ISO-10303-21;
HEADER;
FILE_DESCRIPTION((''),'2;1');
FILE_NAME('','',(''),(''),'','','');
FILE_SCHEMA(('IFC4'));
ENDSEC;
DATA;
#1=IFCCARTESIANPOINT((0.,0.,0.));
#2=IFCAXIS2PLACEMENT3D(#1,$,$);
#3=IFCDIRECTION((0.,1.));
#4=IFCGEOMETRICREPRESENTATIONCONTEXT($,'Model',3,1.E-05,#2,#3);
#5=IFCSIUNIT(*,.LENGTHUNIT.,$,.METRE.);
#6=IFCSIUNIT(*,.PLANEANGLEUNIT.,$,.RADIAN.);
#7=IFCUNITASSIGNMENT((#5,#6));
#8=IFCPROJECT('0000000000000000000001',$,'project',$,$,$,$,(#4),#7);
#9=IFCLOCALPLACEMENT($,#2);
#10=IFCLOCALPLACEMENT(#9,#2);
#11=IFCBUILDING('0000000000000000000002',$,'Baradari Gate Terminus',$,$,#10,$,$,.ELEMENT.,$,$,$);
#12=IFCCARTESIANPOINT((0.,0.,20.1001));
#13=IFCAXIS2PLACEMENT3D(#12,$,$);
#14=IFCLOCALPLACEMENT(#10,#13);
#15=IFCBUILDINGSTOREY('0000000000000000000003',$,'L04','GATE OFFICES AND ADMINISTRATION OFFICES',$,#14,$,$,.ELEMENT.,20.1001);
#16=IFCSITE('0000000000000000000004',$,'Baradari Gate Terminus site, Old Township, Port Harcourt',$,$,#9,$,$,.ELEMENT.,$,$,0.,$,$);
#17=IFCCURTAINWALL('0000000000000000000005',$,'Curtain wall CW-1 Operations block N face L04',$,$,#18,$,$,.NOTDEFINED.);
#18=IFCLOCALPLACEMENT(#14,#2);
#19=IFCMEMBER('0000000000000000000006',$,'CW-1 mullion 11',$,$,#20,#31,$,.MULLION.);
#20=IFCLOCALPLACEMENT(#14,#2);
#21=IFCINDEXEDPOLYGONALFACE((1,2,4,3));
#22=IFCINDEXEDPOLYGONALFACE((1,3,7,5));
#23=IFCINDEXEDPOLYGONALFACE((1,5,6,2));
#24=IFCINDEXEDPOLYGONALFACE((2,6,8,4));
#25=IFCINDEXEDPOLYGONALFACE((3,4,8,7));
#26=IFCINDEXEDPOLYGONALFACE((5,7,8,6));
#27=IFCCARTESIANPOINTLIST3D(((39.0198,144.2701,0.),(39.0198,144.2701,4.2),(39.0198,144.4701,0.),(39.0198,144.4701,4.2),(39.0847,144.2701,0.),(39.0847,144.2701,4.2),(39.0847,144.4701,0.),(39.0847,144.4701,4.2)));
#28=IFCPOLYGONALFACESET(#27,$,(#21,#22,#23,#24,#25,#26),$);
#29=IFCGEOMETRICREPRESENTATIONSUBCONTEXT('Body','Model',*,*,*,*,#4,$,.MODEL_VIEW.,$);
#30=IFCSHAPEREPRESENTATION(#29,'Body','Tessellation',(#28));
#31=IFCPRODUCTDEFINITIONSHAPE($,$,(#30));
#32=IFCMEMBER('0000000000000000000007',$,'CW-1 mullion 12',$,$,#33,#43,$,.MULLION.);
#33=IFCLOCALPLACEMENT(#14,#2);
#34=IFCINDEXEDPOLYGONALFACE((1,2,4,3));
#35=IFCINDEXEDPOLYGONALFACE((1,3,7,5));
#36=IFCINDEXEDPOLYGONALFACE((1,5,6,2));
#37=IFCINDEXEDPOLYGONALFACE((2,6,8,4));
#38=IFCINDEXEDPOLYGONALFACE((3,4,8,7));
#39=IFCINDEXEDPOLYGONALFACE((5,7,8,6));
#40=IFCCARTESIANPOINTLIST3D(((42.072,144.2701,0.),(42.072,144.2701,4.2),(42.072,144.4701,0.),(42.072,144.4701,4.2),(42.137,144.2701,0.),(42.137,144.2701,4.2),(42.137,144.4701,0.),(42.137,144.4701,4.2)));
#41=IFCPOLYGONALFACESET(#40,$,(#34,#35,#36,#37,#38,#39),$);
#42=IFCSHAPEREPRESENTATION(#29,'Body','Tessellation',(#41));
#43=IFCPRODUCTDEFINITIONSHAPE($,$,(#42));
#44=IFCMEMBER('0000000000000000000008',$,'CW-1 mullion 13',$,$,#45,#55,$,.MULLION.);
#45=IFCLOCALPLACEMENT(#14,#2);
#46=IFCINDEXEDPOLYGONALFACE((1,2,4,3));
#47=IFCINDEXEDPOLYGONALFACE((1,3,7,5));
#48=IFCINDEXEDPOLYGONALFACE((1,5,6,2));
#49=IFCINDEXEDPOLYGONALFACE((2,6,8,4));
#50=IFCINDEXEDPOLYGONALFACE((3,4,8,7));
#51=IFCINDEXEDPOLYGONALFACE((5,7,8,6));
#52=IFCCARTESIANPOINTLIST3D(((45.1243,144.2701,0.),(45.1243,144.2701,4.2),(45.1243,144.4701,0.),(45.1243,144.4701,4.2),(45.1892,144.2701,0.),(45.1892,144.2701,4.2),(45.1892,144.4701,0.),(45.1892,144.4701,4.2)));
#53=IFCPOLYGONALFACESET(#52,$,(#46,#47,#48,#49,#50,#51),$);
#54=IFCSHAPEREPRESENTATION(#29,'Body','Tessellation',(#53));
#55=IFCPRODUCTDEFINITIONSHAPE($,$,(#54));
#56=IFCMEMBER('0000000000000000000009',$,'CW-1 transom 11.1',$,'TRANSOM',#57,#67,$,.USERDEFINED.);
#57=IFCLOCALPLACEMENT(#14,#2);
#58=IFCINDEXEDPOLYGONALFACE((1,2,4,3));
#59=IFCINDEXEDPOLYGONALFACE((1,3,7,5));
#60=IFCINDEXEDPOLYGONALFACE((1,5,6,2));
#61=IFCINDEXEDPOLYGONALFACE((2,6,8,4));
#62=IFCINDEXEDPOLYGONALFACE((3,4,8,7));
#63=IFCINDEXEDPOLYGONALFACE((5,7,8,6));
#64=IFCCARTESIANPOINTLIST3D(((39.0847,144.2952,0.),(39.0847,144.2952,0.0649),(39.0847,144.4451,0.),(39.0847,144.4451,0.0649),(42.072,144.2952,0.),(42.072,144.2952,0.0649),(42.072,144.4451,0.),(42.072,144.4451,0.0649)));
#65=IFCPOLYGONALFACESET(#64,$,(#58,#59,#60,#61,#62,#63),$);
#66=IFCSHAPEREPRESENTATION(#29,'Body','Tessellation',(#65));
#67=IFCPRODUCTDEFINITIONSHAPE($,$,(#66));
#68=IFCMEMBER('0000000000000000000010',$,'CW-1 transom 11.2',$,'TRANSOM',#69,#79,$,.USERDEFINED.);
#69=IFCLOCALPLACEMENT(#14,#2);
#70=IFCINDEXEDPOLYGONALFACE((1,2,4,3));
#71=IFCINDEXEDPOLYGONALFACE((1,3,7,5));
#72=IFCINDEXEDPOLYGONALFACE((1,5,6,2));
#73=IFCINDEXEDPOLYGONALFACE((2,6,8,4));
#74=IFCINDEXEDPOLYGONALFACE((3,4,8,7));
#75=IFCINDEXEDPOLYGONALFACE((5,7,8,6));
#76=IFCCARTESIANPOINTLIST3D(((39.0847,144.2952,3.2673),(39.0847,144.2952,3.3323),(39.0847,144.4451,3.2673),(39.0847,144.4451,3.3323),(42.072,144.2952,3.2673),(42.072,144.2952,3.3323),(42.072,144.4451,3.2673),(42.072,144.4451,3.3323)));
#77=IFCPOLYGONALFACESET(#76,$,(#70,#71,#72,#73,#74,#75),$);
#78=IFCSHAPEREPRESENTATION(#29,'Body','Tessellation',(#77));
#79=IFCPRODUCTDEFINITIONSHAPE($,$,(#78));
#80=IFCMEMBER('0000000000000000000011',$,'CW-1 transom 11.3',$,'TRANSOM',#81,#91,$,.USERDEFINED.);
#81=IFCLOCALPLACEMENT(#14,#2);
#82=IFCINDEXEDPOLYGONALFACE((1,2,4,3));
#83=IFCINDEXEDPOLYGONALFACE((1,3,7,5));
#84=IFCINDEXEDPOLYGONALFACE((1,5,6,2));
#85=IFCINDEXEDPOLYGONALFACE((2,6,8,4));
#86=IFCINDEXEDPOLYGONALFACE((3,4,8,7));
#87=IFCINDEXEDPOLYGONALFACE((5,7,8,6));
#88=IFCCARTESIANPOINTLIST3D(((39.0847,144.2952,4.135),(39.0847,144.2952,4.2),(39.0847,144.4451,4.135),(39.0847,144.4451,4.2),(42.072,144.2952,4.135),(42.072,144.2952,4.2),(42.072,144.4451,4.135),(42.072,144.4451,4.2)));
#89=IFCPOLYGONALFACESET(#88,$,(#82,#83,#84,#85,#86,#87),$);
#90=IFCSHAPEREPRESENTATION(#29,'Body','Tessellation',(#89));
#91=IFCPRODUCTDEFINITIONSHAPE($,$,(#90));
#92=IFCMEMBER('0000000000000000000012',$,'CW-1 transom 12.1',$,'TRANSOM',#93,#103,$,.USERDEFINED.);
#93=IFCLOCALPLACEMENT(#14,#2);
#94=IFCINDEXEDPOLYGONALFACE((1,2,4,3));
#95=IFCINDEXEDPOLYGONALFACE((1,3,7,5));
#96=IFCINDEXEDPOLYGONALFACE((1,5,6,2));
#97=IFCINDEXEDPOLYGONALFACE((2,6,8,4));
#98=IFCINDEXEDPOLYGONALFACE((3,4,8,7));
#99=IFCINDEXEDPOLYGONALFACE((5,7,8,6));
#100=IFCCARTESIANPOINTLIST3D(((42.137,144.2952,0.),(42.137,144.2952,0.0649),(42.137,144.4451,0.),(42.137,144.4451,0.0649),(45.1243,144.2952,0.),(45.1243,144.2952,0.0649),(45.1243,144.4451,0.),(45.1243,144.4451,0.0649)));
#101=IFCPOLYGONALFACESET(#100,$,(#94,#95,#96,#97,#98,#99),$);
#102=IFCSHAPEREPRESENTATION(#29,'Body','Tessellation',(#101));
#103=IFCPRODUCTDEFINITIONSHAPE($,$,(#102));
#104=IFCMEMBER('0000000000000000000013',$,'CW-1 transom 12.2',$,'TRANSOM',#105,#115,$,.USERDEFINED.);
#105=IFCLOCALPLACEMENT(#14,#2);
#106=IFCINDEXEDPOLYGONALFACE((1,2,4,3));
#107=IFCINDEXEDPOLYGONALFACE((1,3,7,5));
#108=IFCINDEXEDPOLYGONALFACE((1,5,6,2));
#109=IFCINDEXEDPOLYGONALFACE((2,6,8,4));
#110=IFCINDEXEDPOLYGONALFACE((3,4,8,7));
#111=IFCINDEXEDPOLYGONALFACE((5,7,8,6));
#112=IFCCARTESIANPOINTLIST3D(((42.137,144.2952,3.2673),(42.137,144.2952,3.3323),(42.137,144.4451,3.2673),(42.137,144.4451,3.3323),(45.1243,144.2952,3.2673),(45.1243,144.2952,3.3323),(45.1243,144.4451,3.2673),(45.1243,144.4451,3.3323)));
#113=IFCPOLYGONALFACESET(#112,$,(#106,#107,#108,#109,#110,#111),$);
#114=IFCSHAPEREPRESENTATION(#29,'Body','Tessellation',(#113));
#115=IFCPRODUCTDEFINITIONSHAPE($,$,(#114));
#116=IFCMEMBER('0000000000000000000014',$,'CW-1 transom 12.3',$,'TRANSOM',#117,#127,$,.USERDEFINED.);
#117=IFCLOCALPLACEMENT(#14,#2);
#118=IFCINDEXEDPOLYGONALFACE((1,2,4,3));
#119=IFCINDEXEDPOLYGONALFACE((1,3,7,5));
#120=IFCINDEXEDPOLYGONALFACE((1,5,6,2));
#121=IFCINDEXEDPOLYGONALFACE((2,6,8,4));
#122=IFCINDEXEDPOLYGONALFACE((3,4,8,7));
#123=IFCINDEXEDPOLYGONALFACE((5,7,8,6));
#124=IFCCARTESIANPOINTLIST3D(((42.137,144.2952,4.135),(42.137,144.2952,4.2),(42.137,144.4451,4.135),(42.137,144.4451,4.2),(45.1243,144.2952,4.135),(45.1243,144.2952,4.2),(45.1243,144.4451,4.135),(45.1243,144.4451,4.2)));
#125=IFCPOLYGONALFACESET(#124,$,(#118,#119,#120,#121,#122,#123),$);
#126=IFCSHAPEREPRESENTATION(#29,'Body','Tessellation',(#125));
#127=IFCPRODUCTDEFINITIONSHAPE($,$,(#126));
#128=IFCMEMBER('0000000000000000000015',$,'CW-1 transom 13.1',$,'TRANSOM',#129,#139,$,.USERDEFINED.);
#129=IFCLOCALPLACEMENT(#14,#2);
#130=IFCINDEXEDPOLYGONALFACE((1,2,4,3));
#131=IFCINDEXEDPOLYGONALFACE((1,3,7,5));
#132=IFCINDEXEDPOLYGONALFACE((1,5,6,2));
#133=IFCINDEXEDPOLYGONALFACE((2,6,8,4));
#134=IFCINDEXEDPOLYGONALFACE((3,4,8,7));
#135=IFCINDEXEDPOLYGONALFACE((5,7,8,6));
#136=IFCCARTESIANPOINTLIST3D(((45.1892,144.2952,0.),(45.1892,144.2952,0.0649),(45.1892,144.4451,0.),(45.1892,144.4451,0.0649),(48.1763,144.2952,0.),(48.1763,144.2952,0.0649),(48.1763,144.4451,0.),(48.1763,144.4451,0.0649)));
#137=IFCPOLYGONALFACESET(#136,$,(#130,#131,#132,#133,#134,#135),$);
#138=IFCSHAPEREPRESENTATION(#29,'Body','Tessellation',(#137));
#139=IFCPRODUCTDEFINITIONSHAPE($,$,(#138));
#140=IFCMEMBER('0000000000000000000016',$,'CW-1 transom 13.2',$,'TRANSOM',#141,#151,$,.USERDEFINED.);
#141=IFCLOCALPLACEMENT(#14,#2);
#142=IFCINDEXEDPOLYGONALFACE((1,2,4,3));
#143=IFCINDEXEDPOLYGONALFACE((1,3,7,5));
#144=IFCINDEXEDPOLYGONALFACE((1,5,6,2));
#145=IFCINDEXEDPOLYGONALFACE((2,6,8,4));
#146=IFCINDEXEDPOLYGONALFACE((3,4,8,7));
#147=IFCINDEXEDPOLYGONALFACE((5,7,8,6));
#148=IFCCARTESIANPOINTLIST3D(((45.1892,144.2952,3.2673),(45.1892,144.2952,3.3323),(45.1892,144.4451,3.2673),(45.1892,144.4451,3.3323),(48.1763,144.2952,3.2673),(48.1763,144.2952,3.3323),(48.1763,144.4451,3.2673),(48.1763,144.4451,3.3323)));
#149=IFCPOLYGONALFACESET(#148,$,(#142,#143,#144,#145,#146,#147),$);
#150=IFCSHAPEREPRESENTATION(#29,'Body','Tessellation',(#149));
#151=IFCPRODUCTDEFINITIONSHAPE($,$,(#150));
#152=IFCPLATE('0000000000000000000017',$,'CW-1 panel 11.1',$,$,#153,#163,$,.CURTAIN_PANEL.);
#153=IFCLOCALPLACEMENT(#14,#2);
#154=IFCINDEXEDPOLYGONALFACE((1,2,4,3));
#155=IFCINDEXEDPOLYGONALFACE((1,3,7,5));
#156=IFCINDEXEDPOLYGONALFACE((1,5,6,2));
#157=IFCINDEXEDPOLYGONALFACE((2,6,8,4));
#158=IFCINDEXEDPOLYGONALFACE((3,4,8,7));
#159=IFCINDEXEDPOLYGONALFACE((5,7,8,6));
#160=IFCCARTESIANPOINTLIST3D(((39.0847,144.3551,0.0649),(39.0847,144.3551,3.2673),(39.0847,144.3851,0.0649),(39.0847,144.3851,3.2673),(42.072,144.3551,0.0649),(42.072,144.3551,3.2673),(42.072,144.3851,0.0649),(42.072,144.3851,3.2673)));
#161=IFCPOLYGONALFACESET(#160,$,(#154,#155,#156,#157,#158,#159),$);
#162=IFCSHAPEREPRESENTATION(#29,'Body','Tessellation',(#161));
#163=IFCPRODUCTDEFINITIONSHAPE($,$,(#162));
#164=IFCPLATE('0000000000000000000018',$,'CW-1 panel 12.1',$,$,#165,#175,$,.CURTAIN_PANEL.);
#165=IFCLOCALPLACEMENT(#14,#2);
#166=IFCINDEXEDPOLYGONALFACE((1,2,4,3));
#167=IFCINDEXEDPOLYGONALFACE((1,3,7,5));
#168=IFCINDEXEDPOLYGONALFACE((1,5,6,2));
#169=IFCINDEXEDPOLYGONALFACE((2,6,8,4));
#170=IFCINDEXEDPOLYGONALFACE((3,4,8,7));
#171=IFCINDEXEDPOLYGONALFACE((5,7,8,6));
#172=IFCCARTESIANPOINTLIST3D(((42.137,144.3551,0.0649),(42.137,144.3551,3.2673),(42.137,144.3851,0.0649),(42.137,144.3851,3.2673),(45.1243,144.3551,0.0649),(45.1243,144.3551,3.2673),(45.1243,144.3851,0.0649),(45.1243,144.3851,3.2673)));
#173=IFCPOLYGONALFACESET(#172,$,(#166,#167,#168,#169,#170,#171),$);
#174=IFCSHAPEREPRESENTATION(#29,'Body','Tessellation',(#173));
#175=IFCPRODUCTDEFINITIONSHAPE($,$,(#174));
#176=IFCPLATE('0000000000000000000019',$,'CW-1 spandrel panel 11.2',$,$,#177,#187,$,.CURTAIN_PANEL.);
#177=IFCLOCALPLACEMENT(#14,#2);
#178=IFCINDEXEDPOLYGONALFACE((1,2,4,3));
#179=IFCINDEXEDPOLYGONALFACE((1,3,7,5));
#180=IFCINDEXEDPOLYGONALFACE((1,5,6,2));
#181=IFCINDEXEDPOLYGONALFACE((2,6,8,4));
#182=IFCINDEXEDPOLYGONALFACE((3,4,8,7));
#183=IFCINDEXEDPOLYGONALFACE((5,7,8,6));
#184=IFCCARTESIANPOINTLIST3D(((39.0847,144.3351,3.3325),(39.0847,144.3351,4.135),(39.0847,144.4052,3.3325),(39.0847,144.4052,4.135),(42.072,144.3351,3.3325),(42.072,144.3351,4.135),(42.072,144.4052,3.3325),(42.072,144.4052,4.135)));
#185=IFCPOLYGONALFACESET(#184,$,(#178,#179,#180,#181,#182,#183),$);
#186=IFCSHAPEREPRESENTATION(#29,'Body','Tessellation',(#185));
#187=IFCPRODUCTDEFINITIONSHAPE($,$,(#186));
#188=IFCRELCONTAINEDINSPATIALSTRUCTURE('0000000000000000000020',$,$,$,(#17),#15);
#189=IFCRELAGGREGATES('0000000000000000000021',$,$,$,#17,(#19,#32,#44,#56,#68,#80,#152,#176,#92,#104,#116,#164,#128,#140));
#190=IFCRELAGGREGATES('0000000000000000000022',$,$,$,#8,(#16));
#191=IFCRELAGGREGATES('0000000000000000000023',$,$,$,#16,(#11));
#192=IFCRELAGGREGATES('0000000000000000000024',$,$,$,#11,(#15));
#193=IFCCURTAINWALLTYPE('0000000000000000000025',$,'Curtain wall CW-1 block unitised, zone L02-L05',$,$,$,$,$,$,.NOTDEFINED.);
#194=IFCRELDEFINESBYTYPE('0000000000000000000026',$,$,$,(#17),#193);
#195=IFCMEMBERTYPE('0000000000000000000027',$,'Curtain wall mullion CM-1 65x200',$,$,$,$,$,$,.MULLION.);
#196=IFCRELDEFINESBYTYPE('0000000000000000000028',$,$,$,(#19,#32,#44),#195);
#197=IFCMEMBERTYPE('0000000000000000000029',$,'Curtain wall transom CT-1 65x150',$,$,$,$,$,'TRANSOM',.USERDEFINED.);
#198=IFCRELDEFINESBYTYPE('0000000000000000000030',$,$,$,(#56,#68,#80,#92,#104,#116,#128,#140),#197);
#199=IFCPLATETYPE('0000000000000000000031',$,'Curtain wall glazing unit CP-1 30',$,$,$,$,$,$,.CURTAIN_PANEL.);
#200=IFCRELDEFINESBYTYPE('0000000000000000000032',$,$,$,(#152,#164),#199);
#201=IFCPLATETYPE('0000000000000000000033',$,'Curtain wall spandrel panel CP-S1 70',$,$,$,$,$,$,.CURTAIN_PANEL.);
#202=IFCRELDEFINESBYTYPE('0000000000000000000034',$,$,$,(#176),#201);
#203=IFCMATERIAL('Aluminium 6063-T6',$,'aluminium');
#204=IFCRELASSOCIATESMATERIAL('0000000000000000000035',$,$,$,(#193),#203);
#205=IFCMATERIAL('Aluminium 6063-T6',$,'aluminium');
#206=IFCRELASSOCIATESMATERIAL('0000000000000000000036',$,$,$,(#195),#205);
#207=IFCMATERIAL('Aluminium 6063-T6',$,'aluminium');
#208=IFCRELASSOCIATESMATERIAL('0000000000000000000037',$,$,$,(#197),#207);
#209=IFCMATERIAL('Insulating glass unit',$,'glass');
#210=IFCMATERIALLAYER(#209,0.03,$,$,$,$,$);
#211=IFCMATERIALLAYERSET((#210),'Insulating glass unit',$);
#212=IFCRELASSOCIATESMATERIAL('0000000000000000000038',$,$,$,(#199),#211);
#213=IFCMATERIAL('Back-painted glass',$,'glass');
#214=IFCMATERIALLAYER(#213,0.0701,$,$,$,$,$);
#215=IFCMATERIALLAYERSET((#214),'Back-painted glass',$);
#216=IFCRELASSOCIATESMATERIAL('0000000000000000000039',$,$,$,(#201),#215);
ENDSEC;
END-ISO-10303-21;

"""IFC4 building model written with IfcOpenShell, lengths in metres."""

from ifc_helpers import new_model, si_unit, direction, frame, origin, origin_2d, place, context, subcontext, project, spatial, rectangle, extrude, material, layer, layer_set, material_profile, profile_set, type_object, element, aggregate, save


model = new_model("IFC4")

# Units and contexts
model_context = context("Model", 3, precision=1e-05, world=origin(), true_north=direction((0.0, 1.0)))
body_context = subcontext(model_context, "Body", "Model", "MODEL_VIEW")
ifc_project = project(units=[si_unit("LENGTHUNIT", "METRE"), si_unit("PLANEANGLEUNIT", "RADIAN")], contexts=[model_context])

# Site, building, storey
site_placement = place(None, origin())
site = spatial("IfcSite", under=ifc_project, at=site_placement, Name="Baradari Gate Terminus site, Old Township, Port Harcourt", CompositionType="ELEMENT", RefElevation=0.0)
building_placement = place(site_placement, origin())
building = spatial("IfcBuilding", under=site, at=building_placement, Name="Baradari Gate Terminus", CompositionType="ELEMENT")
storey_placement = place(building_placement, frame((0.0, 0.0, 20.1001)))
storey = spatial("IfcBuildingStorey", under=building, at=storey_placement, Name="L04", Description="GATE OFFICES AND ADMINISTRATION OFFICES", CompositionType="ELEMENT", Elevation=20.1001)

# Curtain wall, members, plates
ifc_material_1 = material(Name="Aluminium 6063-T6", Category="aluminium")
curtain_wall_type = type_object("IfcCurtainWallType", Name="Curtain wall CW-1 block unitised, zone L02-L05", PredefinedType="NOTDEFINED", material=ifc_material_1)
curtain_wall_placement = place(storey_placement, origin())
curtain_wall = element("IfcCurtainWall", 1, at=curtain_wall_placement, inside=storey, type_object=curtain_wall_type, Name="Curtain wall CW-1 Operations block N face L04", PredefinedType="NOTDEFINED")
ifc_material_2 = material(Name="Aluminium 6063-T6", Category="aluminium")
ifc_material_profile_1 = material_profile(ifc_material_2, rectangle(XDim=0.2, YDim=0.0649, at=origin_2d()), Name="CM-1 65X200")
ifc_profile_set_1 = profile_set([ifc_material_profile_1], Name="Aluminium 6063-T6")
member_type_1 = type_object("IfcMemberType", Name="Curtain wall mullion CM-1 65x200", PredefinedType="MULLION", material=ifc_profile_set_1)
member_1_placement = place(storey_placement, frame((39.0522, 144.3701, 0.0), z_axis=(0.0, 0.0, 1.0), x_axis=(0.0, 1.0, 0.0)))
member_1 = element("IfcMember", 2, at=member_1_placement, type_object=member_type_1, Name="CW-1 mullion 11", PredefinedType="MULLION", context=body_context, shape_type="SweptSolid", body=[
    extrude(rectangle(XDim=0.2, YDim=0.0649, at=origin_2d()), origin(), (0.0, 0.0, 1.0), 4.2),
])
member_2_placement = place(storey_placement, frame((42.1045, 144.3701, 0.0), z_axis=(0.0, 0.0, 1.0), x_axis=(0.0, 1.0, 0.0)))
member_2 = element("IfcMember", 3, at=member_2_placement, type_object=member_type_1, Name="CW-1 mullion 12", PredefinedType="MULLION", context=body_context, shape_type="SweptSolid", body=[
    extrude(rectangle(XDim=0.2, YDim=0.0649, at=origin_2d()), origin(), (0.0, 0.0, 1.0), 4.2),
])
member_3_placement = place(storey_placement, frame((45.1567, 144.3701, 0.0), z_axis=(0.0, 0.0, 1.0), x_axis=(0.0, 1.0, 0.0)))
member_3 = element("IfcMember", 4, at=member_3_placement, type_object=member_type_1, Name="CW-1 mullion 13", PredefinedType="MULLION", context=body_context, shape_type="SweptSolid", body=[
    extrude(rectangle(XDim=0.2, YDim=0.0649, at=origin_2d()), origin(), (0.0, 0.0, 1.0), 4.2),
])
ifc_material_3 = material(Name="Aluminium 6063-T6", Category="aluminium")
ifc_material_profile_2 = material_profile(ifc_material_3, rectangle(XDim=0.1499, YDim=0.0649, at=origin_2d()), Name="CT-1 65X150")
ifc_profile_set_2 = profile_set([ifc_material_profile_2], Name="Aluminium 6063-T6")
member_type_2 = type_object("IfcMemberType", Name="Curtain wall transom CT-1 65x150", ElementType="TRANSOM", PredefinedType="USERDEFINED", material=ifc_profile_set_2)
member_4_placement = place(storey_placement, frame((39.0847, 144.3701, 0.0325), z_axis=(1.0, 0.0, 0.0), x_axis=(0.0, 1.0, 0.0)))
member_4 = element("IfcMember", 5, at=member_4_placement, type_object=member_type_2, Name="CW-1 transom 11.1", ObjectType="TRANSOM", PredefinedType="USERDEFINED", context=body_context, shape_type="SweptSolid", body=[
    extrude(rectangle(XDim=0.1499, YDim=0.0649, at=origin_2d()), origin(), (0.0, 0.0, 1.0), 2.9873),
])
member_5_placement = place(storey_placement, frame((39.0847, 144.3701, 3.2998), z_axis=(1.0, 0.0, 0.0), x_axis=(0.0, 1.0, 0.0)))
member_5 = element("IfcMember", 6, at=member_5_placement, type_object=member_type_2, Name="CW-1 transom 11.2", ObjectType="TRANSOM", PredefinedType="USERDEFINED", context=body_context, shape_type="SweptSolid", body=[
    extrude(rectangle(XDim=0.1499, YDim=0.0649, at=origin_2d()), origin(), (0.0, 0.0, 1.0), 2.9873),
])
member_6_placement = place(storey_placement, frame((39.0847, 144.3701, 4.1675), z_axis=(1.0, 0.0, 0.0), x_axis=(0.0, 1.0, 0.0)))
member_6 = element("IfcMember", 7, at=member_6_placement, type_object=member_type_2, Name="CW-1 transom 11.3", ObjectType="TRANSOM", PredefinedType="USERDEFINED", context=body_context, shape_type="SweptSolid", body=[
    extrude(rectangle(XDim=0.1499, YDim=0.0649, at=origin_2d()), origin(), (0.0, 0.0, 1.0), 2.9873),
])
member_7_placement = place(storey_placement, frame((42.137, 144.3701, 0.0325), z_axis=(1.0, 0.0, 0.0), x_axis=(0.0, 1.0, 0.0)))
member_7 = element("IfcMember", 8, at=member_7_placement, type_object=member_type_2, Name="CW-1 transom 12.1", ObjectType="TRANSOM", PredefinedType="USERDEFINED", context=body_context, shape_type="SweptSolid", body=[
    extrude(rectangle(XDim=0.1499, YDim=0.0649, at=origin_2d()), origin(), (0.0, 0.0, 1.0), 2.9873),
])
member_8_placement = place(storey_placement, frame((42.137, 144.3701, 3.2998), z_axis=(1.0, 0.0, 0.0), x_axis=(0.0, 1.0, 0.0)))
member_8 = element("IfcMember", 9, at=member_8_placement, type_object=member_type_2, Name="CW-1 transom 12.2", ObjectType="TRANSOM", PredefinedType="USERDEFINED", context=body_context, shape_type="SweptSolid", body=[
    extrude(rectangle(XDim=0.1499, YDim=0.0649, at=origin_2d()), origin(), (0.0, 0.0, 1.0), 2.9873),
])
member_9_placement = place(storey_placement, frame((42.137, 144.3701, 4.1675), z_axis=(1.0, 0.0, 0.0), x_axis=(0.0, 1.0, 0.0)))
member_9 = element("IfcMember", 10, at=member_9_placement, type_object=member_type_2, Name="CW-1 transom 12.3", ObjectType="TRANSOM", PredefinedType="USERDEFINED", context=body_context, shape_type="SweptSolid", body=[
    extrude(rectangle(XDim=0.1499, YDim=0.0649, at=origin_2d()), origin(), (0.0, 0.0, 1.0), 2.9873),
])
member_10_placement = place(storey_placement, frame((45.1892, 144.3701, 0.0325), z_axis=(1.0, 0.0, 0.0), x_axis=(0.0, 1.0, 0.0)))
member_10 = element("IfcMember", 11, at=member_10_placement, type_object=member_type_2, Name="CW-1 transom 13.1", ObjectType="TRANSOM", PredefinedType="USERDEFINED", context=body_context, shape_type="SweptSolid", body=[
    extrude(rectangle(XDim=0.1499, YDim=0.0649, at=origin_2d()), origin(), (0.0, 0.0, 1.0), 2.9871),
])
member_11_placement = place(storey_placement, frame((45.1892, 144.3701, 3.2998), z_axis=(1.0, 0.0, 0.0), x_axis=(0.0, 1.0, 0.0)))
member_11 = element("IfcMember", 12, at=member_11_placement, type_object=member_type_2, Name="CW-1 transom 13.2", ObjectType="TRANSOM", PredefinedType="USERDEFINED", context=body_context, shape_type="SweptSolid", body=[
    extrude(rectangle(XDim=0.1499, YDim=0.0649, at=origin_2d()), origin(), (0.0, 0.0, 1.0), 2.9871),
])
ifc_material_4 = material(Name="Insulating glass unit", Category="glass")
ifc_layer_1 = layer(ifc_material_4, 0.03)
ifc_layer_set_1 = layer_set([ifc_layer_1], Name="Insulating glass unit")
plate_type_1 = type_object("IfcPlateType", Name="Curtain wall glazing unit CP-1 30", PredefinedType="CURTAIN_PANEL", material=ifc_layer_set_1)
plate_1_placement = place(storey_placement, frame((40.5784, 144.3701, 0.0649), z_axis=(0.0, 0.0, 1.0), x_axis=(1.0, 0.0, 0.0)))
plate_1 = element("IfcPlate", 13, at=plate_1_placement, type_object=plate_type_1, Name="CW-1 panel 11.1", PredefinedType="CURTAIN_PANEL", context=body_context, shape_type="SweptSolid", body=[
    extrude(rectangle(XDim=2.9873, YDim=0.03, at=origin_2d()), origin(), (0.0, 0.0, 1.0), 3.2024),
])
plate_2_placement = place(storey_placement, frame((43.6306, 144.3701, 0.0649), z_axis=(0.0, 0.0, 1.0), x_axis=(1.0, 0.0, 0.0)))
plate_2 = element("IfcPlate", 14, at=plate_2_placement, type_object=plate_type_1, Name="CW-1 panel 12.1", PredefinedType="CURTAIN_PANEL", context=body_context, shape_type="SweptSolid", body=[
    extrude(rectangle(XDim=2.9873, YDim=0.03, at=origin_2d()), origin(), (0.0, 0.0, 1.0), 3.2024),
])
ifc_material_5 = material(Name="Back-painted glass", Category="glass")
ifc_layer_2 = layer(ifc_material_5, 0.0701)
ifc_layer_set_2 = layer_set([ifc_layer_2], Name="Back-painted glass")
plate_type_2 = type_object("IfcPlateType", Name="Curtain wall spandrel panel CP-S1 70", PredefinedType="CURTAIN_PANEL", material=ifc_layer_set_2)
plate_3_placement = place(storey_placement, frame((40.5784, 144.3701, 3.3325), z_axis=(0.0, 0.0, 1.0), x_axis=(1.0, 0.0, 0.0)))
plate_3 = element("IfcPlate", 15, at=plate_3_placement, type_object=plate_type_2, Name="CW-1 spandrel panel 11.2", PredefinedType="CURTAIN_PANEL", context=body_context, shape_type="SweptSolid", body=[
    extrude(rectangle(XDim=2.9873, YDim=0.0701, at=origin_2d()), origin(), (0.0, 0.0, 1.0), 0.8025),
])
aggregate(curtain_wall, [member_1, member_2, member_3, member_4, member_5, member_6, plate_1, plate_3, member_7, member_8, member_9, plate_2, member_10, member_11])

save(model, "model.ifc")
